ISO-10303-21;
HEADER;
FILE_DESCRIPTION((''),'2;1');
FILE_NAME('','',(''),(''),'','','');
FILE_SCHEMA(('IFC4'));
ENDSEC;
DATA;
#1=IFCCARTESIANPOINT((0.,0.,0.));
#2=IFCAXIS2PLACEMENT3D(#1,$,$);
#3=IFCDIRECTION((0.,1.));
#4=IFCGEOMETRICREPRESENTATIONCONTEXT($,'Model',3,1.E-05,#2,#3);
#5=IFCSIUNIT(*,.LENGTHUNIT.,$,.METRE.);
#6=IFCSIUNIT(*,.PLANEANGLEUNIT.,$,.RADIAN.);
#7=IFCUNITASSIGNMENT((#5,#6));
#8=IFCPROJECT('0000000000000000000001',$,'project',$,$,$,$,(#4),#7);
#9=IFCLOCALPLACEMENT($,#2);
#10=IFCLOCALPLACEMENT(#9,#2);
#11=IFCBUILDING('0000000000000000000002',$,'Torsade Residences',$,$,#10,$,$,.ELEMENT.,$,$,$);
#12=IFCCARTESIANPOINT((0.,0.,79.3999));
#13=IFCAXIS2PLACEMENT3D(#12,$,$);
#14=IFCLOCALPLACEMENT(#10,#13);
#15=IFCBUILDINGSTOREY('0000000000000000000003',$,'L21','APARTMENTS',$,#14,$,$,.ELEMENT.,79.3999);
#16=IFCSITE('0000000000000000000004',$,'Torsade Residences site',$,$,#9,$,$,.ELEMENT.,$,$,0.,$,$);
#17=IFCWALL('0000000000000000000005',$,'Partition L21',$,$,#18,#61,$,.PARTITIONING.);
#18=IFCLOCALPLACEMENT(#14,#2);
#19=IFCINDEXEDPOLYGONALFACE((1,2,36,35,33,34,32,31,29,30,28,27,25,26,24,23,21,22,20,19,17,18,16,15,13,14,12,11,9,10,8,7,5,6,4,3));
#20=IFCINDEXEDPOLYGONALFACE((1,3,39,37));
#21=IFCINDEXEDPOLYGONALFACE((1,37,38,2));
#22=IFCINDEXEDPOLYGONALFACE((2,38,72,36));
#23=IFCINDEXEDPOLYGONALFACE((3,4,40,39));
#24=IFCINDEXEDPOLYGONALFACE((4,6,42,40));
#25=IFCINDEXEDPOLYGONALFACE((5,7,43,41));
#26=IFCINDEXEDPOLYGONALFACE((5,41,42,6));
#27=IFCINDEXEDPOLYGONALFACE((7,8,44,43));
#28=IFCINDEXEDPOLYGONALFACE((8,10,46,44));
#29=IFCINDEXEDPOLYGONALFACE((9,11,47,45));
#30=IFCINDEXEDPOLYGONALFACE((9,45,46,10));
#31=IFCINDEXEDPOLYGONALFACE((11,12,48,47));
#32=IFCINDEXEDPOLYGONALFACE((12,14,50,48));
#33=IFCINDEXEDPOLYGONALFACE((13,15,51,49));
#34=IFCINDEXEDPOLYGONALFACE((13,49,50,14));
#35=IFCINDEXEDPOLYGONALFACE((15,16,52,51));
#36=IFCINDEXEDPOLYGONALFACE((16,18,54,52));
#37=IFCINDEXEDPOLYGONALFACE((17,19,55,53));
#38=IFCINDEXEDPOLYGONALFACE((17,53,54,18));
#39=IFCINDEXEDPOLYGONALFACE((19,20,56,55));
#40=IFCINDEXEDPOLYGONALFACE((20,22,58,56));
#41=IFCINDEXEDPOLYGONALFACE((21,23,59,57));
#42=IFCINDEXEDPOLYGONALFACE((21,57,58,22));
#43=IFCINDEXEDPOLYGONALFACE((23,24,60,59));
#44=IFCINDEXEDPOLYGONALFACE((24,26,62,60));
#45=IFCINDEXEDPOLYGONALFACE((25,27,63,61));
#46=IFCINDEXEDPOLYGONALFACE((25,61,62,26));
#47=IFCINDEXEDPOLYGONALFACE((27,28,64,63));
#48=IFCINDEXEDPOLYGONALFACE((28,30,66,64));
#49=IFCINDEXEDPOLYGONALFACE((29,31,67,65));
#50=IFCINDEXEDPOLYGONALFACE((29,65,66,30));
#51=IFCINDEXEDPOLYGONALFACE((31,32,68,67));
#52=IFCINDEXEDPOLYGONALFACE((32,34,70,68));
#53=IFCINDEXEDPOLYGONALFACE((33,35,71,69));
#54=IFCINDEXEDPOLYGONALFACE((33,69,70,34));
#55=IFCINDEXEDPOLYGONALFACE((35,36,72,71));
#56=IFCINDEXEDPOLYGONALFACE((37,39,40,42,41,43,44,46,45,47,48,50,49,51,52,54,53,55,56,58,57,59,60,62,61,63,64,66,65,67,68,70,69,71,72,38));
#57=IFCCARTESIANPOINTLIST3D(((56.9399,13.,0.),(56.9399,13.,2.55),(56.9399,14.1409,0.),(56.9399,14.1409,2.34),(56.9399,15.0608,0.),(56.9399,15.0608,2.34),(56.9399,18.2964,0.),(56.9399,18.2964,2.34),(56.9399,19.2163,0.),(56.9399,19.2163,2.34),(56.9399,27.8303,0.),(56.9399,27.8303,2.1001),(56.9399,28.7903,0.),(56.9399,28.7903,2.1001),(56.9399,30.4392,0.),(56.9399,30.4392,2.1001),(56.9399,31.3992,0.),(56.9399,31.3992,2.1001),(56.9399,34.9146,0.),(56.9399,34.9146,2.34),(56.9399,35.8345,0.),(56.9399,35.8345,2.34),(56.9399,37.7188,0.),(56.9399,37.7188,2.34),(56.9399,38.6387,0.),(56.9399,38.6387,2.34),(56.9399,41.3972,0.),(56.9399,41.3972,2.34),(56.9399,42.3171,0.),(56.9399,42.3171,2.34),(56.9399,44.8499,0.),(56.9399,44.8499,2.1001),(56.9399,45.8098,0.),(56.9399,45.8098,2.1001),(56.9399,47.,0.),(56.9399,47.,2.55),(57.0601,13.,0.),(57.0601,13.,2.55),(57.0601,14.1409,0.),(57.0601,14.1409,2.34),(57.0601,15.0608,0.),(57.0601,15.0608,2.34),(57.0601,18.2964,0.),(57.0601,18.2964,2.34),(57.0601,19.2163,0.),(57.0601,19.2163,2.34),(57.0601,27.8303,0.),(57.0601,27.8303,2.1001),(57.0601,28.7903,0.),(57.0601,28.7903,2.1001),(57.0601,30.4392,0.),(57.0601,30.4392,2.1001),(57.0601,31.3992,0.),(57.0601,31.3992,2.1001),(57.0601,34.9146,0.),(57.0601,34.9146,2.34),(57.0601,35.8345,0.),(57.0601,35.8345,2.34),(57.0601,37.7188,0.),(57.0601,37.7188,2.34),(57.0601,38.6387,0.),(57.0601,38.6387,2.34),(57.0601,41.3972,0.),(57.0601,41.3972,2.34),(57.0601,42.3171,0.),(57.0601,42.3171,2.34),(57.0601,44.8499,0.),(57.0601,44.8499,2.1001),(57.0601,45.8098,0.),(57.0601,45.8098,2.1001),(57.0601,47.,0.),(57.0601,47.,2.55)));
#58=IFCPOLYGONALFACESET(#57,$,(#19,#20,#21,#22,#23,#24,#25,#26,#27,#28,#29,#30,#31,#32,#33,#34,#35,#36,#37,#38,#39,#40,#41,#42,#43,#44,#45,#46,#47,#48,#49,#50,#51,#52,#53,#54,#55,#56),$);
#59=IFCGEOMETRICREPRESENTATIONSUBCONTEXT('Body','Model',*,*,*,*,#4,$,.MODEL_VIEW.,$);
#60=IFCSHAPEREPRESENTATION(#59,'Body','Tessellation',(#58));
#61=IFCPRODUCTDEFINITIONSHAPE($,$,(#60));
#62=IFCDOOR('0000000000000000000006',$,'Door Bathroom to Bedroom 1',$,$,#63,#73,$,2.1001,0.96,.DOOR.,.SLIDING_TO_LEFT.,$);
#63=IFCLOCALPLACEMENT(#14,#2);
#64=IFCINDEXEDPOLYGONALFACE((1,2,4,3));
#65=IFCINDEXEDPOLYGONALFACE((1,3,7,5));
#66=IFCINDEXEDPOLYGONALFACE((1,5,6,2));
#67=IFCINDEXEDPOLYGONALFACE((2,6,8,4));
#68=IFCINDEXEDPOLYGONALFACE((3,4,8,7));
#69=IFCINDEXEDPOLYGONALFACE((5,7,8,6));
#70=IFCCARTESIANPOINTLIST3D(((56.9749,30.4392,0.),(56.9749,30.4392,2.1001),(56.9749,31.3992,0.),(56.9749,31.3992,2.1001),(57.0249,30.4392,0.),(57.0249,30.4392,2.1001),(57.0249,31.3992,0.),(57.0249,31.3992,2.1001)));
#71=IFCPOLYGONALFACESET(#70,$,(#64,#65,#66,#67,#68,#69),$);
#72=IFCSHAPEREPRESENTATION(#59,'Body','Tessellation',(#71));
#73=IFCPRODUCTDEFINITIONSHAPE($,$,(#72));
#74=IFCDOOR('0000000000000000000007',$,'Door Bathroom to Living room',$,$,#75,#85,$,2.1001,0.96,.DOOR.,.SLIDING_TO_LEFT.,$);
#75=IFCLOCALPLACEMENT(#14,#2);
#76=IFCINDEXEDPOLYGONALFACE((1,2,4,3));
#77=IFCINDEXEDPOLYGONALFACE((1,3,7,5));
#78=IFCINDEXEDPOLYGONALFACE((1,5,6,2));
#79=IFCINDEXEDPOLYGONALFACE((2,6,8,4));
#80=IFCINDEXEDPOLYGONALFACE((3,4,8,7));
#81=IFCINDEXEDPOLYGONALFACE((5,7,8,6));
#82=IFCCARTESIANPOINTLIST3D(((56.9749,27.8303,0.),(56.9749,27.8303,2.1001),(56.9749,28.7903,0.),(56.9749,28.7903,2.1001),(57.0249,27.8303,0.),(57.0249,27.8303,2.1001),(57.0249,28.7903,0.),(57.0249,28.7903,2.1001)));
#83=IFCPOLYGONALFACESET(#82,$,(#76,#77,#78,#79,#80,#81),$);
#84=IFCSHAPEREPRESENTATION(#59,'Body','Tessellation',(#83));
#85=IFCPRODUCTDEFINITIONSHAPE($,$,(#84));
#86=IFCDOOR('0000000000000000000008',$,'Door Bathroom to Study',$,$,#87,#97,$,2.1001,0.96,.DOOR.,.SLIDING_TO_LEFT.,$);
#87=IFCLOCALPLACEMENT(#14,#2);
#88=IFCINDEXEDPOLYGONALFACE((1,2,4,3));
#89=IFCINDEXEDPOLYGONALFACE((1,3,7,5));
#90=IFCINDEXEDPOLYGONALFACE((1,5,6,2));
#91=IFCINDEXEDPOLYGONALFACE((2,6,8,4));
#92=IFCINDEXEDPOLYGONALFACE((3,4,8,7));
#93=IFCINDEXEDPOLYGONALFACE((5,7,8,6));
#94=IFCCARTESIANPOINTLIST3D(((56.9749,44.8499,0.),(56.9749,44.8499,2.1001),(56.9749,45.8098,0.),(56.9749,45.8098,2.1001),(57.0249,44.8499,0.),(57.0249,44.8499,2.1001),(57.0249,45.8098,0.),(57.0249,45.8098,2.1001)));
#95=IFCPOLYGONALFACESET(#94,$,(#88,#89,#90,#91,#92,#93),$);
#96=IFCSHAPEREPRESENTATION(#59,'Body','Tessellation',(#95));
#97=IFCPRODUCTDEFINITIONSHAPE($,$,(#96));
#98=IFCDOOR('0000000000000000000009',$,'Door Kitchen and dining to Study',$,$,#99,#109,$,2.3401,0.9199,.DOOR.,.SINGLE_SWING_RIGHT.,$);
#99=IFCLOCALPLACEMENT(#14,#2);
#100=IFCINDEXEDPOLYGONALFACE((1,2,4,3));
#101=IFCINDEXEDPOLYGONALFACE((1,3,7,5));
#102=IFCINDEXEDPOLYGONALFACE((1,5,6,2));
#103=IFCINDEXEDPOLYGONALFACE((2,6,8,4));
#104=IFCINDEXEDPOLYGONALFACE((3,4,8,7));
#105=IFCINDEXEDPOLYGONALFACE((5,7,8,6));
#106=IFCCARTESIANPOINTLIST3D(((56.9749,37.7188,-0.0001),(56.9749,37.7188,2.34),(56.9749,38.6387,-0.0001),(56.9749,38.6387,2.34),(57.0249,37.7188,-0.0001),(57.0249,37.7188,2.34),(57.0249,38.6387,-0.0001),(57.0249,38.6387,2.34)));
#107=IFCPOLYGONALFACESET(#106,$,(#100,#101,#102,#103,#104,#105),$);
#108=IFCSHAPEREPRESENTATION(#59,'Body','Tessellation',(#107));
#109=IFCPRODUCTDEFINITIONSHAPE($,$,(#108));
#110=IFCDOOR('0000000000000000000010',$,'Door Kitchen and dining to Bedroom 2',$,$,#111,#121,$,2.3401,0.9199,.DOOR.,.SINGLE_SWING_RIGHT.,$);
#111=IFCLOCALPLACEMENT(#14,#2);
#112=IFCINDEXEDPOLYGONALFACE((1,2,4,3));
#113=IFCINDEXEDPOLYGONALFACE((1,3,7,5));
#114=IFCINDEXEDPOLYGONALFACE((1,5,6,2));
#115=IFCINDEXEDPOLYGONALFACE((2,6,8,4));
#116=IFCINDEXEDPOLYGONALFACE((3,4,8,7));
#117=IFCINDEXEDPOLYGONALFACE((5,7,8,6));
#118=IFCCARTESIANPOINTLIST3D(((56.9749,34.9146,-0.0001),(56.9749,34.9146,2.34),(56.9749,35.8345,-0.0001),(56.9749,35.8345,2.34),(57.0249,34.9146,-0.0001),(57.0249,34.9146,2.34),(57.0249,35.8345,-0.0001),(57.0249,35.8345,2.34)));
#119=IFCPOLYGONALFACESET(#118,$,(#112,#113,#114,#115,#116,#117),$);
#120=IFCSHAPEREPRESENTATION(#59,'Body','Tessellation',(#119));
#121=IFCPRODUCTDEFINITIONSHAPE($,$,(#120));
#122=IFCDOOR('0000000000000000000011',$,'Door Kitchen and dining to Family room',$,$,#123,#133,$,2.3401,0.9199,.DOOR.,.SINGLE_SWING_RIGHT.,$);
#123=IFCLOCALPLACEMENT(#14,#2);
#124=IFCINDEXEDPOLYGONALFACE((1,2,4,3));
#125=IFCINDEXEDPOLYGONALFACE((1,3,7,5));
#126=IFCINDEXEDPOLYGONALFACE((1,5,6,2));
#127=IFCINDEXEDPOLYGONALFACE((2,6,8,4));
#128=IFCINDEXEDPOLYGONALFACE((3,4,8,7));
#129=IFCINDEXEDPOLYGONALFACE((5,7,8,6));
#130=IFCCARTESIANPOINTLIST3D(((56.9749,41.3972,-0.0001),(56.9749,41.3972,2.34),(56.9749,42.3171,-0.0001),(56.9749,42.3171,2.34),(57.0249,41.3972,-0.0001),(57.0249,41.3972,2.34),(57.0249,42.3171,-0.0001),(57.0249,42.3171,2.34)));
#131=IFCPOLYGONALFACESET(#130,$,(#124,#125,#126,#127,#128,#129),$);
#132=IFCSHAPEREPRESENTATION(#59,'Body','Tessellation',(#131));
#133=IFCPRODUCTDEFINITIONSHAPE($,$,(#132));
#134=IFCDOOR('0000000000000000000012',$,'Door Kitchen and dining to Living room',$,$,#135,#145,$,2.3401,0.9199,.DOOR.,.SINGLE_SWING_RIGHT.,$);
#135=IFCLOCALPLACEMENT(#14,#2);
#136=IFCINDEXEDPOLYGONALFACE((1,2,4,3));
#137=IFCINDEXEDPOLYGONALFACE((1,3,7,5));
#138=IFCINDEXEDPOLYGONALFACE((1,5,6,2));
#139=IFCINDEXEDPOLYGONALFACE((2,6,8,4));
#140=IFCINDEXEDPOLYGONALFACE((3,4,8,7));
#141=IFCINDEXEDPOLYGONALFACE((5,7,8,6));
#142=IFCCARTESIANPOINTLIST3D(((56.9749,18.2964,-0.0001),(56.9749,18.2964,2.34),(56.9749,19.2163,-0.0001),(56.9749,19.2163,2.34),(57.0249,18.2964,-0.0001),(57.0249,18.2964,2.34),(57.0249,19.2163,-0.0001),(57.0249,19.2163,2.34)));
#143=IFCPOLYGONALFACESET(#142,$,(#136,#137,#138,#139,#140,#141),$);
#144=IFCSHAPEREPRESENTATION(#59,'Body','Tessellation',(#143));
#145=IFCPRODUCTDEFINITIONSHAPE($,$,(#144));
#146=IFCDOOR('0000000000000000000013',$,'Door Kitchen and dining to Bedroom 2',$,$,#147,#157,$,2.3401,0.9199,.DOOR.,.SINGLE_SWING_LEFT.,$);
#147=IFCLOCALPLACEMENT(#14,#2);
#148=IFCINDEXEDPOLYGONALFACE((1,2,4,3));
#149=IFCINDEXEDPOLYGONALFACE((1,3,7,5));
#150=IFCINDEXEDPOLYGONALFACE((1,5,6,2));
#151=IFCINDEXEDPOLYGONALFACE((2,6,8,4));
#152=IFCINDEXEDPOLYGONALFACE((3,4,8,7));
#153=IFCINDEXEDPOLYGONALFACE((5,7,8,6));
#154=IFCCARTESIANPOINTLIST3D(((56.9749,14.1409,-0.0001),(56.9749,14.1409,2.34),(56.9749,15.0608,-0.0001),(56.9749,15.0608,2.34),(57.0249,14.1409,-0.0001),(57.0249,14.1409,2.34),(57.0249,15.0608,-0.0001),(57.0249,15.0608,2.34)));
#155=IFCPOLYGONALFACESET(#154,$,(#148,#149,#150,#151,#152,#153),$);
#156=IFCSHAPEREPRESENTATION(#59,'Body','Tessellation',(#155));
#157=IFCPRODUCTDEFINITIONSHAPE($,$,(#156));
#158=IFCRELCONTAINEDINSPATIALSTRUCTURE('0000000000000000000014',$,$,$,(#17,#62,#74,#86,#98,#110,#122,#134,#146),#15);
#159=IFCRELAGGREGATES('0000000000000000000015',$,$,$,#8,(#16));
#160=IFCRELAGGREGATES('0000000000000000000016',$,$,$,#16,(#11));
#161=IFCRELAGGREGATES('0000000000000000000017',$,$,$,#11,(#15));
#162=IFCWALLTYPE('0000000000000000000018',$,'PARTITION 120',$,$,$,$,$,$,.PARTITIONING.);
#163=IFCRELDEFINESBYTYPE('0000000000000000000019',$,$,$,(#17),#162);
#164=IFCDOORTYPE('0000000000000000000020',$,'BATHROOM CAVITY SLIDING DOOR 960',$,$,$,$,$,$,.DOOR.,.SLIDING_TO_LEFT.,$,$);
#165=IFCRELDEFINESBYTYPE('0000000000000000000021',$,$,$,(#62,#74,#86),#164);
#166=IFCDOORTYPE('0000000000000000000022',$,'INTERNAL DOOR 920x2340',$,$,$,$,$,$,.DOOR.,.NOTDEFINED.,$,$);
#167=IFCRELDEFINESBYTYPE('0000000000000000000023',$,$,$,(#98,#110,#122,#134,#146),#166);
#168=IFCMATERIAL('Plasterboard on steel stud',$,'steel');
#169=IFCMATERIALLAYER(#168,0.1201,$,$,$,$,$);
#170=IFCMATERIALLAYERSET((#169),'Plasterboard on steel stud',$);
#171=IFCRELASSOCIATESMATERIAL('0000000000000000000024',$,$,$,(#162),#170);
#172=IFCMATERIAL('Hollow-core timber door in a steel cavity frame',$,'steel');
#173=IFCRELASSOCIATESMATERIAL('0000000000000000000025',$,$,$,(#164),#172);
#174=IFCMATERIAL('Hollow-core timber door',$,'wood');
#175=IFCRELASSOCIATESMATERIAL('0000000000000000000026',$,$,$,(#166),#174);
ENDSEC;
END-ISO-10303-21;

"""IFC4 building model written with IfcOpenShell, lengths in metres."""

from ifc_helpers import new_model, si_unit, direction, frame, frame_2d, origin, place, context, subcontext, project, spatial, rectangle, extrude, material, layer, layer_set, type_object, element, fill, save


model = new_model("IFC4")

# Units and contexts
model_context = context("Model", 3, precision=1e-05, world=origin(), true_north=direction((0.0, 1.0)))
body_context = subcontext(model_context, "Body", "Model", "MODEL_VIEW")
ifc_project = project(units=[si_unit("LENGTHUNIT", "METRE"), si_unit("PLANEANGLEUNIT", "RADIAN")], contexts=[model_context])

# Site, building, storey
site_placement = place(None, origin())
site = spatial("IfcSite", under=ifc_project, at=site_placement, Name="Torsade Residences site", CompositionType="ELEMENT", RefElevation=0.0)
building_placement = place(site_placement, origin())
building = spatial("IfcBuilding", under=site, at=building_placement, Name="Torsade Residences", CompositionType="ELEMENT")
storey_placement = place(building_placement, frame((0.0, 0.0, 79.3999)))
storey = spatial("IfcBuildingStorey", under=building, at=storey_placement, Name="L21", Description="APARTMENTS", CompositionType="ELEMENT", Elevation=79.3999)

# Wall, openings, doors
ifc_material_1 = material(Name="Plasterboard on steel stud", Category="steel")
ifc_layer_1 = layer(ifc_material_1, 0.1201)
ifc_layer_set_1 = layer_set([ifc_layer_1], Name="Plasterboard on steel stud")
wall_type = type_object("IfcWallType", Name="PARTITION 120", PredefinedType="PARTITIONING", material=ifc_layer_set_1)
wall_1_placement = place(storey_placement, frame((57.0, 47.0, 0.0), z_axis=(0.0, 0.0, 1.0), x_axis=(0.0, -1.0, 0.0)))
wall_1 = element("IfcWall", 1, at=wall_1_placement, inside=storey, type_object=wall_type, Name="Partition L21", PredefinedType="PARTITIONING", context=body_context, shape_type="SweptSolid", body=[
    extrude(rectangle(XDim=34.0, YDim=0.1201, at=frame_2d((17.0, 0.0))), origin(), (0.0, 0.0, 1.0), 2.55),
])
opening_1_placement = place(wall_1_placement, frame((8.3613, 0.0, 0.0)))
opening_1 = element("IfcOpeningElement", 2, at=opening_1_placement, cuts=wall_1, PredefinedType="OPENING", context=body_context, shape_type="SweptSolid", body=[
    extrude(rectangle(XDim=0.9199, YDim=2.3401, at=frame_2d((0.46, 1.1699))), frame((0.0, 0.0701, 0.0), z_axis=(0.0, -1.0, 0.0), x_axis=(1.0, 0.0, 0.0)), (0.0, 0.0, 1.0), 0.1401),
])
opening_2_placement = place(wall_1_placement, frame((11.1655, 0.0, 0.0)))
opening_2 = element("IfcOpeningElement", 3, at=opening_2_placement, cuts=wall_1, PredefinedType="OPENING", context=body_context, shape_type="SweptSolid", body=[
    extrude(rectangle(XDim=0.9199, YDim=2.3401, at=frame_2d((0.46, 1.1699))), frame((0.0, 0.0701, 0.0), z_axis=(0.0, -1.0, 0.0), x_axis=(1.0, 0.0, 0.0)), (0.0, 0.0, 1.0), 0.1401),
])
opening_3_placement = place(wall_1_placement, frame((4.6829, 0.0, 0.0)))
opening_3 = element("IfcOpeningElement", 4, at=opening_3_placement, cuts=wall_1, PredefinedType="OPENING", context=body_context, shape_type="SweptSolid", body=[
    extrude(rectangle(XDim=0.9199, YDim=2.3401, at=frame_2d((0.46, 1.1699))), frame((0.0, 0.0701, 0.0), z_axis=(0.0, -1.0, 0.0), x_axis=(1.0, 0.0, 0.0)), (0.0, 0.0, 1.0), 0.1401),
])
opening_4_placement = place(wall_1_placement, frame((27.7837, 0.0, 0.0)))
opening_4 = element("IfcOpeningElement", 5, at=opening_4_placement, cuts=wall_1, PredefinedType="OPENING", context=body_context, shape_type="SweptSolid", body=[
    extrude(rectangle(XDim=0.9199, YDim=2.3401, at=frame_2d((0.46, 1.1699))), frame((0.0, 0.0701, 0.0), z_axis=(0.0, -1.0, 0.0), x_axis=(1.0, 0.0, 0.0)), (0.0, 0.0, 1.0), 0.1401),
])
opening_5_placement = place(wall_1_placement, frame((31.9392, 0.0, 0.0)))
opening_5 = element("IfcOpeningElement", 6, at=opening_5_placement, cuts=wall_1, PredefinedType="OPENING", context=body_context, shape_type="SweptSolid", body=[
    extrude(rectangle(XDim=0.9199, YDim=2.3401, at=frame_2d((0.46, 1.1699))), frame((0.0, 0.0701, 0.0), z_axis=(0.0, -1.0, 0.0), x_axis=(1.0, 0.0, 0.0)), (0.0, 0.0, 1.0), 0.1401),
])
opening_6_placement = place(wall_1_placement, frame((15.6008, 0.0, 0.0)))
opening_6 = element("IfcOpeningElement", 7, at=opening_6_placement, cuts=wall_1, PredefinedType="OPENING", context=body_context, shape_type="SweptSolid", body=[
    extrude(rectangle(XDim=0.96, YDim=2.1001, at=frame_2d((0.48, 1.05))), frame((0.0, 0.0701, 0.0), z_axis=(0.0, -1.0, 0.0), x_axis=(1.0, 0.0, 0.0)), (0.0, 0.0, 1.0), 0.1401),
])
opening_7_placement = place(wall_1_placement, frame((18.2097, 0.0, 0.0)))
opening_7 = element("IfcOpeningElement", 8, at=opening_7_placement, cuts=wall_1, PredefinedType="OPENING", context=body_context, shape_type="SweptSolid", body=[
    extrude(rectangle(XDim=0.96, YDim=2.1001, at=frame_2d((0.48, 1.05))), frame((0.0, 0.0701, 0.0), z_axis=(0.0, -1.0, 0.0), x_axis=(1.0, 0.0, 0.0)), (0.0, 0.0, 1.0), 0.1401),
])
opening_8_placement = place(wall_1_placement, frame((1.1902, 0.0, 0.0)))
opening_8 = element("IfcOpeningElement", 9, at=opening_8_placement, cuts=wall_1, PredefinedType="OPENING", context=body_context, shape_type="SweptSolid", body=[
    extrude(rectangle(XDim=0.96, YDim=2.1001, at=frame_2d((0.48, 1.05))), frame((0.0, 0.0701, 0.0), z_axis=(0.0, -1.0, 0.0), x_axis=(1.0, 0.0, 0.0)), (0.0, 0.0, 1.0), 0.1401),
])
ifc_material_2 = material(Name="Hollow-core timber door in a steel cavity frame", Category="steel")
door_type_1 = type_object("IfcDoorType", Name="BATHROOM CAVITY SLIDING DOOR 960", OperationType="SLIDING_TO_LEFT", PredefinedType="DOOR", material=ifc_material_2)
door_1_placement = place(opening_6_placement, origin())
door_1 = element("IfcDoor", 10, at=door_1_placement, inside=storey, type_object=door_type_1, Name="Door Bathroom to Bedroom 1", OperationType="SLIDING_TO_LEFT", OverallHeight=2.1001, OverallWidth=0.96, PredefinedType="DOOR", context=body_context, shape_type="SweptSolid", body=[
    extrude(rectangle(XDim=0.96, YDim=2.1001, at=frame_2d((0.48, 1.05))), frame((0.0, 0.0249, 0.0), z_axis=(0.0, -1.0, 0.0), x_axis=(1.0, 0.0, 0.0)), (0.0, 0.0, 1.0), 0.05),
])
fill(opening_6, door_1)
door_2_placement = place(opening_7_placement, origin())
door_2 = element("IfcDoor", 11, at=door_2_placement, inside=storey, type_object=door_type_1, Name="Door Bathroom to Living room", OperationType="SLIDING_TO_LEFT", OverallHeight=2.1001, OverallWidth=0.96, PredefinedType="DOOR", context=body_context, shape_type="SweptSolid", body=[
    extrude(rectangle(XDim=0.96, YDim=2.1001, at=frame_2d((0.48, 1.05))), frame((0.0, 0.0249, 0.0), z_axis=(0.0, -1.0, 0.0), x_axis=(1.0, 0.0, 0.0)), (0.0, 0.0, 1.0), 0.05),
])
fill(opening_7, door_2)
door_3_placement = place(opening_8_placement, origin())
door_3 = element("IfcDoor", 12, at=door_3_placement, inside=storey, type_object=door_type_1, Name="Door Bathroom to Study", OperationType="SLIDING_TO_LEFT", OverallHeight=2.1001, OverallWidth=0.96, PredefinedType="DOOR", context=body_context, shape_type="SweptSolid", body=[
    extrude(rectangle(XDim=0.96, YDim=2.1001, at=frame_2d((0.48, 1.05))), frame((0.0, 0.0249, 0.0), z_axis=(0.0, -1.0, 0.0), x_axis=(1.0, 0.0, 0.0)), (0.0, 0.0, 1.0), 0.05),
])
fill(opening_8, door_3)
ifc_material_3 = material(Name="Hollow-core timber door", Category="wood")
door_type_2 = type_object("IfcDoorType", Name="INTERNAL DOOR 920x2340", OperationType="NOTDEFINED", PredefinedType="DOOR", material=ifc_material_3)
door_4_placement = place(opening_1_placement, origin())
door_4 = element("IfcDoor", 13, at=door_4_placement, inside=storey, type_object=door_type_2, Name="Door Kitchen and dining to Study", OperationType="SINGLE_SWING_RIGHT", OverallHeight=2.3401, OverallWidth=0.9199, PredefinedType="DOOR", context=body_context, shape_type="SweptSolid", body=[
    extrude(rectangle(XDim=0.9199, YDim=2.3401, at=frame_2d((0.46, 1.1699))), frame((0.0, 0.0249, 0.0), z_axis=(0.0, -1.0, 0.0), x_axis=(1.0, 0.0, 0.0)), (0.0, 0.0, 1.0), 0.05),
])
fill(opening_1, door_4)
door_5_placement = place(opening_2_placement, origin())
door_5 = element("IfcDoor", 14, at=door_5_placement, inside=storey, type_object=door_type_2, Name="Door Kitchen and dining to Bedroom 2", OperationType="SINGLE_SWING_RIGHT", OverallHeight=2.3401, OverallWidth=0.9199, PredefinedType="DOOR", context=body_context, shape_type="SweptSolid", body=[
    extrude(rectangle(XDim=0.9199, YDim=2.3401, at=frame_2d((0.46, 1.1699))), frame((0.0, 0.0249, 0.0), z_axis=(0.0, -1.0, 0.0), x_axis=(1.0, 0.0, 0.0)), (0.0, 0.0, 1.0), 0.05),
])
fill(opening_2, door_5)
door_6_placement = place(opening_3_placement, origin())
door_6 = element("IfcDoor", 15, at=door_6_placement, inside=storey, type_object=door_type_2, Name="Door Kitchen and dining to Family room", OperationType="SINGLE_SWING_RIGHT", OverallHeight=2.3401, OverallWidth=0.9199, PredefinedType="DOOR", context=body_context, shape_type="SweptSolid", body=[
    extrude(rectangle(XDim=0.9199, YDim=2.3401, at=frame_2d((0.46, 1.1699))), frame((0.0, 0.0249, 0.0), z_axis=(0.0, -1.0, 0.0), x_axis=(1.0, 0.0, 0.0)), (0.0, 0.0, 1.0), 0.05),
])
fill(opening_3, door_6)
door_7_placement = place(opening_4_placement, origin())
door_7 = element("IfcDoor", 16, at=door_7_placement, inside=storey, type_object=door_type_2, Name="Door Kitchen and dining to Living room", OperationType="SINGLE_SWING_RIGHT", OverallHeight=2.3401, OverallWidth=0.9199, PredefinedType="DOOR", context=body_context, shape_type="SweptSolid", body=[
    extrude(rectangle(XDim=0.9199, YDim=2.3401, at=frame_2d((0.46, 1.1699))), frame((0.0, 0.0249, 0.0), z_axis=(0.0, -1.0, 0.0), x_axis=(1.0, 0.0, 0.0)), (0.0, 0.0, 1.0), 0.05),
])
fill(opening_4, door_7)
door_8_placement = place(opening_5_placement, origin())
door_8 = element("IfcDoor", 17, at=door_8_placement, inside=storey, type_object=door_type_2, Name="Door Kitchen and dining to Bedroom 2", OperationType="SINGLE_SWING_LEFT", OverallHeight=2.3401, OverallWidth=0.9199, PredefinedType="DOOR", context=body_context, shape_type="SweptSolid", body=[
    extrude(rectangle(XDim=0.9199, YDim=2.3401, at=frame_2d((0.46, 1.1699))), frame((0.0, 0.0249, 0.0), z_axis=(0.0, -1.0, 0.0), x_axis=(1.0, 0.0, 0.0)), (0.0, 0.0, 1.0), 0.05),
])
fill(opening_5, door_8)

save(model, "model.ifc")
